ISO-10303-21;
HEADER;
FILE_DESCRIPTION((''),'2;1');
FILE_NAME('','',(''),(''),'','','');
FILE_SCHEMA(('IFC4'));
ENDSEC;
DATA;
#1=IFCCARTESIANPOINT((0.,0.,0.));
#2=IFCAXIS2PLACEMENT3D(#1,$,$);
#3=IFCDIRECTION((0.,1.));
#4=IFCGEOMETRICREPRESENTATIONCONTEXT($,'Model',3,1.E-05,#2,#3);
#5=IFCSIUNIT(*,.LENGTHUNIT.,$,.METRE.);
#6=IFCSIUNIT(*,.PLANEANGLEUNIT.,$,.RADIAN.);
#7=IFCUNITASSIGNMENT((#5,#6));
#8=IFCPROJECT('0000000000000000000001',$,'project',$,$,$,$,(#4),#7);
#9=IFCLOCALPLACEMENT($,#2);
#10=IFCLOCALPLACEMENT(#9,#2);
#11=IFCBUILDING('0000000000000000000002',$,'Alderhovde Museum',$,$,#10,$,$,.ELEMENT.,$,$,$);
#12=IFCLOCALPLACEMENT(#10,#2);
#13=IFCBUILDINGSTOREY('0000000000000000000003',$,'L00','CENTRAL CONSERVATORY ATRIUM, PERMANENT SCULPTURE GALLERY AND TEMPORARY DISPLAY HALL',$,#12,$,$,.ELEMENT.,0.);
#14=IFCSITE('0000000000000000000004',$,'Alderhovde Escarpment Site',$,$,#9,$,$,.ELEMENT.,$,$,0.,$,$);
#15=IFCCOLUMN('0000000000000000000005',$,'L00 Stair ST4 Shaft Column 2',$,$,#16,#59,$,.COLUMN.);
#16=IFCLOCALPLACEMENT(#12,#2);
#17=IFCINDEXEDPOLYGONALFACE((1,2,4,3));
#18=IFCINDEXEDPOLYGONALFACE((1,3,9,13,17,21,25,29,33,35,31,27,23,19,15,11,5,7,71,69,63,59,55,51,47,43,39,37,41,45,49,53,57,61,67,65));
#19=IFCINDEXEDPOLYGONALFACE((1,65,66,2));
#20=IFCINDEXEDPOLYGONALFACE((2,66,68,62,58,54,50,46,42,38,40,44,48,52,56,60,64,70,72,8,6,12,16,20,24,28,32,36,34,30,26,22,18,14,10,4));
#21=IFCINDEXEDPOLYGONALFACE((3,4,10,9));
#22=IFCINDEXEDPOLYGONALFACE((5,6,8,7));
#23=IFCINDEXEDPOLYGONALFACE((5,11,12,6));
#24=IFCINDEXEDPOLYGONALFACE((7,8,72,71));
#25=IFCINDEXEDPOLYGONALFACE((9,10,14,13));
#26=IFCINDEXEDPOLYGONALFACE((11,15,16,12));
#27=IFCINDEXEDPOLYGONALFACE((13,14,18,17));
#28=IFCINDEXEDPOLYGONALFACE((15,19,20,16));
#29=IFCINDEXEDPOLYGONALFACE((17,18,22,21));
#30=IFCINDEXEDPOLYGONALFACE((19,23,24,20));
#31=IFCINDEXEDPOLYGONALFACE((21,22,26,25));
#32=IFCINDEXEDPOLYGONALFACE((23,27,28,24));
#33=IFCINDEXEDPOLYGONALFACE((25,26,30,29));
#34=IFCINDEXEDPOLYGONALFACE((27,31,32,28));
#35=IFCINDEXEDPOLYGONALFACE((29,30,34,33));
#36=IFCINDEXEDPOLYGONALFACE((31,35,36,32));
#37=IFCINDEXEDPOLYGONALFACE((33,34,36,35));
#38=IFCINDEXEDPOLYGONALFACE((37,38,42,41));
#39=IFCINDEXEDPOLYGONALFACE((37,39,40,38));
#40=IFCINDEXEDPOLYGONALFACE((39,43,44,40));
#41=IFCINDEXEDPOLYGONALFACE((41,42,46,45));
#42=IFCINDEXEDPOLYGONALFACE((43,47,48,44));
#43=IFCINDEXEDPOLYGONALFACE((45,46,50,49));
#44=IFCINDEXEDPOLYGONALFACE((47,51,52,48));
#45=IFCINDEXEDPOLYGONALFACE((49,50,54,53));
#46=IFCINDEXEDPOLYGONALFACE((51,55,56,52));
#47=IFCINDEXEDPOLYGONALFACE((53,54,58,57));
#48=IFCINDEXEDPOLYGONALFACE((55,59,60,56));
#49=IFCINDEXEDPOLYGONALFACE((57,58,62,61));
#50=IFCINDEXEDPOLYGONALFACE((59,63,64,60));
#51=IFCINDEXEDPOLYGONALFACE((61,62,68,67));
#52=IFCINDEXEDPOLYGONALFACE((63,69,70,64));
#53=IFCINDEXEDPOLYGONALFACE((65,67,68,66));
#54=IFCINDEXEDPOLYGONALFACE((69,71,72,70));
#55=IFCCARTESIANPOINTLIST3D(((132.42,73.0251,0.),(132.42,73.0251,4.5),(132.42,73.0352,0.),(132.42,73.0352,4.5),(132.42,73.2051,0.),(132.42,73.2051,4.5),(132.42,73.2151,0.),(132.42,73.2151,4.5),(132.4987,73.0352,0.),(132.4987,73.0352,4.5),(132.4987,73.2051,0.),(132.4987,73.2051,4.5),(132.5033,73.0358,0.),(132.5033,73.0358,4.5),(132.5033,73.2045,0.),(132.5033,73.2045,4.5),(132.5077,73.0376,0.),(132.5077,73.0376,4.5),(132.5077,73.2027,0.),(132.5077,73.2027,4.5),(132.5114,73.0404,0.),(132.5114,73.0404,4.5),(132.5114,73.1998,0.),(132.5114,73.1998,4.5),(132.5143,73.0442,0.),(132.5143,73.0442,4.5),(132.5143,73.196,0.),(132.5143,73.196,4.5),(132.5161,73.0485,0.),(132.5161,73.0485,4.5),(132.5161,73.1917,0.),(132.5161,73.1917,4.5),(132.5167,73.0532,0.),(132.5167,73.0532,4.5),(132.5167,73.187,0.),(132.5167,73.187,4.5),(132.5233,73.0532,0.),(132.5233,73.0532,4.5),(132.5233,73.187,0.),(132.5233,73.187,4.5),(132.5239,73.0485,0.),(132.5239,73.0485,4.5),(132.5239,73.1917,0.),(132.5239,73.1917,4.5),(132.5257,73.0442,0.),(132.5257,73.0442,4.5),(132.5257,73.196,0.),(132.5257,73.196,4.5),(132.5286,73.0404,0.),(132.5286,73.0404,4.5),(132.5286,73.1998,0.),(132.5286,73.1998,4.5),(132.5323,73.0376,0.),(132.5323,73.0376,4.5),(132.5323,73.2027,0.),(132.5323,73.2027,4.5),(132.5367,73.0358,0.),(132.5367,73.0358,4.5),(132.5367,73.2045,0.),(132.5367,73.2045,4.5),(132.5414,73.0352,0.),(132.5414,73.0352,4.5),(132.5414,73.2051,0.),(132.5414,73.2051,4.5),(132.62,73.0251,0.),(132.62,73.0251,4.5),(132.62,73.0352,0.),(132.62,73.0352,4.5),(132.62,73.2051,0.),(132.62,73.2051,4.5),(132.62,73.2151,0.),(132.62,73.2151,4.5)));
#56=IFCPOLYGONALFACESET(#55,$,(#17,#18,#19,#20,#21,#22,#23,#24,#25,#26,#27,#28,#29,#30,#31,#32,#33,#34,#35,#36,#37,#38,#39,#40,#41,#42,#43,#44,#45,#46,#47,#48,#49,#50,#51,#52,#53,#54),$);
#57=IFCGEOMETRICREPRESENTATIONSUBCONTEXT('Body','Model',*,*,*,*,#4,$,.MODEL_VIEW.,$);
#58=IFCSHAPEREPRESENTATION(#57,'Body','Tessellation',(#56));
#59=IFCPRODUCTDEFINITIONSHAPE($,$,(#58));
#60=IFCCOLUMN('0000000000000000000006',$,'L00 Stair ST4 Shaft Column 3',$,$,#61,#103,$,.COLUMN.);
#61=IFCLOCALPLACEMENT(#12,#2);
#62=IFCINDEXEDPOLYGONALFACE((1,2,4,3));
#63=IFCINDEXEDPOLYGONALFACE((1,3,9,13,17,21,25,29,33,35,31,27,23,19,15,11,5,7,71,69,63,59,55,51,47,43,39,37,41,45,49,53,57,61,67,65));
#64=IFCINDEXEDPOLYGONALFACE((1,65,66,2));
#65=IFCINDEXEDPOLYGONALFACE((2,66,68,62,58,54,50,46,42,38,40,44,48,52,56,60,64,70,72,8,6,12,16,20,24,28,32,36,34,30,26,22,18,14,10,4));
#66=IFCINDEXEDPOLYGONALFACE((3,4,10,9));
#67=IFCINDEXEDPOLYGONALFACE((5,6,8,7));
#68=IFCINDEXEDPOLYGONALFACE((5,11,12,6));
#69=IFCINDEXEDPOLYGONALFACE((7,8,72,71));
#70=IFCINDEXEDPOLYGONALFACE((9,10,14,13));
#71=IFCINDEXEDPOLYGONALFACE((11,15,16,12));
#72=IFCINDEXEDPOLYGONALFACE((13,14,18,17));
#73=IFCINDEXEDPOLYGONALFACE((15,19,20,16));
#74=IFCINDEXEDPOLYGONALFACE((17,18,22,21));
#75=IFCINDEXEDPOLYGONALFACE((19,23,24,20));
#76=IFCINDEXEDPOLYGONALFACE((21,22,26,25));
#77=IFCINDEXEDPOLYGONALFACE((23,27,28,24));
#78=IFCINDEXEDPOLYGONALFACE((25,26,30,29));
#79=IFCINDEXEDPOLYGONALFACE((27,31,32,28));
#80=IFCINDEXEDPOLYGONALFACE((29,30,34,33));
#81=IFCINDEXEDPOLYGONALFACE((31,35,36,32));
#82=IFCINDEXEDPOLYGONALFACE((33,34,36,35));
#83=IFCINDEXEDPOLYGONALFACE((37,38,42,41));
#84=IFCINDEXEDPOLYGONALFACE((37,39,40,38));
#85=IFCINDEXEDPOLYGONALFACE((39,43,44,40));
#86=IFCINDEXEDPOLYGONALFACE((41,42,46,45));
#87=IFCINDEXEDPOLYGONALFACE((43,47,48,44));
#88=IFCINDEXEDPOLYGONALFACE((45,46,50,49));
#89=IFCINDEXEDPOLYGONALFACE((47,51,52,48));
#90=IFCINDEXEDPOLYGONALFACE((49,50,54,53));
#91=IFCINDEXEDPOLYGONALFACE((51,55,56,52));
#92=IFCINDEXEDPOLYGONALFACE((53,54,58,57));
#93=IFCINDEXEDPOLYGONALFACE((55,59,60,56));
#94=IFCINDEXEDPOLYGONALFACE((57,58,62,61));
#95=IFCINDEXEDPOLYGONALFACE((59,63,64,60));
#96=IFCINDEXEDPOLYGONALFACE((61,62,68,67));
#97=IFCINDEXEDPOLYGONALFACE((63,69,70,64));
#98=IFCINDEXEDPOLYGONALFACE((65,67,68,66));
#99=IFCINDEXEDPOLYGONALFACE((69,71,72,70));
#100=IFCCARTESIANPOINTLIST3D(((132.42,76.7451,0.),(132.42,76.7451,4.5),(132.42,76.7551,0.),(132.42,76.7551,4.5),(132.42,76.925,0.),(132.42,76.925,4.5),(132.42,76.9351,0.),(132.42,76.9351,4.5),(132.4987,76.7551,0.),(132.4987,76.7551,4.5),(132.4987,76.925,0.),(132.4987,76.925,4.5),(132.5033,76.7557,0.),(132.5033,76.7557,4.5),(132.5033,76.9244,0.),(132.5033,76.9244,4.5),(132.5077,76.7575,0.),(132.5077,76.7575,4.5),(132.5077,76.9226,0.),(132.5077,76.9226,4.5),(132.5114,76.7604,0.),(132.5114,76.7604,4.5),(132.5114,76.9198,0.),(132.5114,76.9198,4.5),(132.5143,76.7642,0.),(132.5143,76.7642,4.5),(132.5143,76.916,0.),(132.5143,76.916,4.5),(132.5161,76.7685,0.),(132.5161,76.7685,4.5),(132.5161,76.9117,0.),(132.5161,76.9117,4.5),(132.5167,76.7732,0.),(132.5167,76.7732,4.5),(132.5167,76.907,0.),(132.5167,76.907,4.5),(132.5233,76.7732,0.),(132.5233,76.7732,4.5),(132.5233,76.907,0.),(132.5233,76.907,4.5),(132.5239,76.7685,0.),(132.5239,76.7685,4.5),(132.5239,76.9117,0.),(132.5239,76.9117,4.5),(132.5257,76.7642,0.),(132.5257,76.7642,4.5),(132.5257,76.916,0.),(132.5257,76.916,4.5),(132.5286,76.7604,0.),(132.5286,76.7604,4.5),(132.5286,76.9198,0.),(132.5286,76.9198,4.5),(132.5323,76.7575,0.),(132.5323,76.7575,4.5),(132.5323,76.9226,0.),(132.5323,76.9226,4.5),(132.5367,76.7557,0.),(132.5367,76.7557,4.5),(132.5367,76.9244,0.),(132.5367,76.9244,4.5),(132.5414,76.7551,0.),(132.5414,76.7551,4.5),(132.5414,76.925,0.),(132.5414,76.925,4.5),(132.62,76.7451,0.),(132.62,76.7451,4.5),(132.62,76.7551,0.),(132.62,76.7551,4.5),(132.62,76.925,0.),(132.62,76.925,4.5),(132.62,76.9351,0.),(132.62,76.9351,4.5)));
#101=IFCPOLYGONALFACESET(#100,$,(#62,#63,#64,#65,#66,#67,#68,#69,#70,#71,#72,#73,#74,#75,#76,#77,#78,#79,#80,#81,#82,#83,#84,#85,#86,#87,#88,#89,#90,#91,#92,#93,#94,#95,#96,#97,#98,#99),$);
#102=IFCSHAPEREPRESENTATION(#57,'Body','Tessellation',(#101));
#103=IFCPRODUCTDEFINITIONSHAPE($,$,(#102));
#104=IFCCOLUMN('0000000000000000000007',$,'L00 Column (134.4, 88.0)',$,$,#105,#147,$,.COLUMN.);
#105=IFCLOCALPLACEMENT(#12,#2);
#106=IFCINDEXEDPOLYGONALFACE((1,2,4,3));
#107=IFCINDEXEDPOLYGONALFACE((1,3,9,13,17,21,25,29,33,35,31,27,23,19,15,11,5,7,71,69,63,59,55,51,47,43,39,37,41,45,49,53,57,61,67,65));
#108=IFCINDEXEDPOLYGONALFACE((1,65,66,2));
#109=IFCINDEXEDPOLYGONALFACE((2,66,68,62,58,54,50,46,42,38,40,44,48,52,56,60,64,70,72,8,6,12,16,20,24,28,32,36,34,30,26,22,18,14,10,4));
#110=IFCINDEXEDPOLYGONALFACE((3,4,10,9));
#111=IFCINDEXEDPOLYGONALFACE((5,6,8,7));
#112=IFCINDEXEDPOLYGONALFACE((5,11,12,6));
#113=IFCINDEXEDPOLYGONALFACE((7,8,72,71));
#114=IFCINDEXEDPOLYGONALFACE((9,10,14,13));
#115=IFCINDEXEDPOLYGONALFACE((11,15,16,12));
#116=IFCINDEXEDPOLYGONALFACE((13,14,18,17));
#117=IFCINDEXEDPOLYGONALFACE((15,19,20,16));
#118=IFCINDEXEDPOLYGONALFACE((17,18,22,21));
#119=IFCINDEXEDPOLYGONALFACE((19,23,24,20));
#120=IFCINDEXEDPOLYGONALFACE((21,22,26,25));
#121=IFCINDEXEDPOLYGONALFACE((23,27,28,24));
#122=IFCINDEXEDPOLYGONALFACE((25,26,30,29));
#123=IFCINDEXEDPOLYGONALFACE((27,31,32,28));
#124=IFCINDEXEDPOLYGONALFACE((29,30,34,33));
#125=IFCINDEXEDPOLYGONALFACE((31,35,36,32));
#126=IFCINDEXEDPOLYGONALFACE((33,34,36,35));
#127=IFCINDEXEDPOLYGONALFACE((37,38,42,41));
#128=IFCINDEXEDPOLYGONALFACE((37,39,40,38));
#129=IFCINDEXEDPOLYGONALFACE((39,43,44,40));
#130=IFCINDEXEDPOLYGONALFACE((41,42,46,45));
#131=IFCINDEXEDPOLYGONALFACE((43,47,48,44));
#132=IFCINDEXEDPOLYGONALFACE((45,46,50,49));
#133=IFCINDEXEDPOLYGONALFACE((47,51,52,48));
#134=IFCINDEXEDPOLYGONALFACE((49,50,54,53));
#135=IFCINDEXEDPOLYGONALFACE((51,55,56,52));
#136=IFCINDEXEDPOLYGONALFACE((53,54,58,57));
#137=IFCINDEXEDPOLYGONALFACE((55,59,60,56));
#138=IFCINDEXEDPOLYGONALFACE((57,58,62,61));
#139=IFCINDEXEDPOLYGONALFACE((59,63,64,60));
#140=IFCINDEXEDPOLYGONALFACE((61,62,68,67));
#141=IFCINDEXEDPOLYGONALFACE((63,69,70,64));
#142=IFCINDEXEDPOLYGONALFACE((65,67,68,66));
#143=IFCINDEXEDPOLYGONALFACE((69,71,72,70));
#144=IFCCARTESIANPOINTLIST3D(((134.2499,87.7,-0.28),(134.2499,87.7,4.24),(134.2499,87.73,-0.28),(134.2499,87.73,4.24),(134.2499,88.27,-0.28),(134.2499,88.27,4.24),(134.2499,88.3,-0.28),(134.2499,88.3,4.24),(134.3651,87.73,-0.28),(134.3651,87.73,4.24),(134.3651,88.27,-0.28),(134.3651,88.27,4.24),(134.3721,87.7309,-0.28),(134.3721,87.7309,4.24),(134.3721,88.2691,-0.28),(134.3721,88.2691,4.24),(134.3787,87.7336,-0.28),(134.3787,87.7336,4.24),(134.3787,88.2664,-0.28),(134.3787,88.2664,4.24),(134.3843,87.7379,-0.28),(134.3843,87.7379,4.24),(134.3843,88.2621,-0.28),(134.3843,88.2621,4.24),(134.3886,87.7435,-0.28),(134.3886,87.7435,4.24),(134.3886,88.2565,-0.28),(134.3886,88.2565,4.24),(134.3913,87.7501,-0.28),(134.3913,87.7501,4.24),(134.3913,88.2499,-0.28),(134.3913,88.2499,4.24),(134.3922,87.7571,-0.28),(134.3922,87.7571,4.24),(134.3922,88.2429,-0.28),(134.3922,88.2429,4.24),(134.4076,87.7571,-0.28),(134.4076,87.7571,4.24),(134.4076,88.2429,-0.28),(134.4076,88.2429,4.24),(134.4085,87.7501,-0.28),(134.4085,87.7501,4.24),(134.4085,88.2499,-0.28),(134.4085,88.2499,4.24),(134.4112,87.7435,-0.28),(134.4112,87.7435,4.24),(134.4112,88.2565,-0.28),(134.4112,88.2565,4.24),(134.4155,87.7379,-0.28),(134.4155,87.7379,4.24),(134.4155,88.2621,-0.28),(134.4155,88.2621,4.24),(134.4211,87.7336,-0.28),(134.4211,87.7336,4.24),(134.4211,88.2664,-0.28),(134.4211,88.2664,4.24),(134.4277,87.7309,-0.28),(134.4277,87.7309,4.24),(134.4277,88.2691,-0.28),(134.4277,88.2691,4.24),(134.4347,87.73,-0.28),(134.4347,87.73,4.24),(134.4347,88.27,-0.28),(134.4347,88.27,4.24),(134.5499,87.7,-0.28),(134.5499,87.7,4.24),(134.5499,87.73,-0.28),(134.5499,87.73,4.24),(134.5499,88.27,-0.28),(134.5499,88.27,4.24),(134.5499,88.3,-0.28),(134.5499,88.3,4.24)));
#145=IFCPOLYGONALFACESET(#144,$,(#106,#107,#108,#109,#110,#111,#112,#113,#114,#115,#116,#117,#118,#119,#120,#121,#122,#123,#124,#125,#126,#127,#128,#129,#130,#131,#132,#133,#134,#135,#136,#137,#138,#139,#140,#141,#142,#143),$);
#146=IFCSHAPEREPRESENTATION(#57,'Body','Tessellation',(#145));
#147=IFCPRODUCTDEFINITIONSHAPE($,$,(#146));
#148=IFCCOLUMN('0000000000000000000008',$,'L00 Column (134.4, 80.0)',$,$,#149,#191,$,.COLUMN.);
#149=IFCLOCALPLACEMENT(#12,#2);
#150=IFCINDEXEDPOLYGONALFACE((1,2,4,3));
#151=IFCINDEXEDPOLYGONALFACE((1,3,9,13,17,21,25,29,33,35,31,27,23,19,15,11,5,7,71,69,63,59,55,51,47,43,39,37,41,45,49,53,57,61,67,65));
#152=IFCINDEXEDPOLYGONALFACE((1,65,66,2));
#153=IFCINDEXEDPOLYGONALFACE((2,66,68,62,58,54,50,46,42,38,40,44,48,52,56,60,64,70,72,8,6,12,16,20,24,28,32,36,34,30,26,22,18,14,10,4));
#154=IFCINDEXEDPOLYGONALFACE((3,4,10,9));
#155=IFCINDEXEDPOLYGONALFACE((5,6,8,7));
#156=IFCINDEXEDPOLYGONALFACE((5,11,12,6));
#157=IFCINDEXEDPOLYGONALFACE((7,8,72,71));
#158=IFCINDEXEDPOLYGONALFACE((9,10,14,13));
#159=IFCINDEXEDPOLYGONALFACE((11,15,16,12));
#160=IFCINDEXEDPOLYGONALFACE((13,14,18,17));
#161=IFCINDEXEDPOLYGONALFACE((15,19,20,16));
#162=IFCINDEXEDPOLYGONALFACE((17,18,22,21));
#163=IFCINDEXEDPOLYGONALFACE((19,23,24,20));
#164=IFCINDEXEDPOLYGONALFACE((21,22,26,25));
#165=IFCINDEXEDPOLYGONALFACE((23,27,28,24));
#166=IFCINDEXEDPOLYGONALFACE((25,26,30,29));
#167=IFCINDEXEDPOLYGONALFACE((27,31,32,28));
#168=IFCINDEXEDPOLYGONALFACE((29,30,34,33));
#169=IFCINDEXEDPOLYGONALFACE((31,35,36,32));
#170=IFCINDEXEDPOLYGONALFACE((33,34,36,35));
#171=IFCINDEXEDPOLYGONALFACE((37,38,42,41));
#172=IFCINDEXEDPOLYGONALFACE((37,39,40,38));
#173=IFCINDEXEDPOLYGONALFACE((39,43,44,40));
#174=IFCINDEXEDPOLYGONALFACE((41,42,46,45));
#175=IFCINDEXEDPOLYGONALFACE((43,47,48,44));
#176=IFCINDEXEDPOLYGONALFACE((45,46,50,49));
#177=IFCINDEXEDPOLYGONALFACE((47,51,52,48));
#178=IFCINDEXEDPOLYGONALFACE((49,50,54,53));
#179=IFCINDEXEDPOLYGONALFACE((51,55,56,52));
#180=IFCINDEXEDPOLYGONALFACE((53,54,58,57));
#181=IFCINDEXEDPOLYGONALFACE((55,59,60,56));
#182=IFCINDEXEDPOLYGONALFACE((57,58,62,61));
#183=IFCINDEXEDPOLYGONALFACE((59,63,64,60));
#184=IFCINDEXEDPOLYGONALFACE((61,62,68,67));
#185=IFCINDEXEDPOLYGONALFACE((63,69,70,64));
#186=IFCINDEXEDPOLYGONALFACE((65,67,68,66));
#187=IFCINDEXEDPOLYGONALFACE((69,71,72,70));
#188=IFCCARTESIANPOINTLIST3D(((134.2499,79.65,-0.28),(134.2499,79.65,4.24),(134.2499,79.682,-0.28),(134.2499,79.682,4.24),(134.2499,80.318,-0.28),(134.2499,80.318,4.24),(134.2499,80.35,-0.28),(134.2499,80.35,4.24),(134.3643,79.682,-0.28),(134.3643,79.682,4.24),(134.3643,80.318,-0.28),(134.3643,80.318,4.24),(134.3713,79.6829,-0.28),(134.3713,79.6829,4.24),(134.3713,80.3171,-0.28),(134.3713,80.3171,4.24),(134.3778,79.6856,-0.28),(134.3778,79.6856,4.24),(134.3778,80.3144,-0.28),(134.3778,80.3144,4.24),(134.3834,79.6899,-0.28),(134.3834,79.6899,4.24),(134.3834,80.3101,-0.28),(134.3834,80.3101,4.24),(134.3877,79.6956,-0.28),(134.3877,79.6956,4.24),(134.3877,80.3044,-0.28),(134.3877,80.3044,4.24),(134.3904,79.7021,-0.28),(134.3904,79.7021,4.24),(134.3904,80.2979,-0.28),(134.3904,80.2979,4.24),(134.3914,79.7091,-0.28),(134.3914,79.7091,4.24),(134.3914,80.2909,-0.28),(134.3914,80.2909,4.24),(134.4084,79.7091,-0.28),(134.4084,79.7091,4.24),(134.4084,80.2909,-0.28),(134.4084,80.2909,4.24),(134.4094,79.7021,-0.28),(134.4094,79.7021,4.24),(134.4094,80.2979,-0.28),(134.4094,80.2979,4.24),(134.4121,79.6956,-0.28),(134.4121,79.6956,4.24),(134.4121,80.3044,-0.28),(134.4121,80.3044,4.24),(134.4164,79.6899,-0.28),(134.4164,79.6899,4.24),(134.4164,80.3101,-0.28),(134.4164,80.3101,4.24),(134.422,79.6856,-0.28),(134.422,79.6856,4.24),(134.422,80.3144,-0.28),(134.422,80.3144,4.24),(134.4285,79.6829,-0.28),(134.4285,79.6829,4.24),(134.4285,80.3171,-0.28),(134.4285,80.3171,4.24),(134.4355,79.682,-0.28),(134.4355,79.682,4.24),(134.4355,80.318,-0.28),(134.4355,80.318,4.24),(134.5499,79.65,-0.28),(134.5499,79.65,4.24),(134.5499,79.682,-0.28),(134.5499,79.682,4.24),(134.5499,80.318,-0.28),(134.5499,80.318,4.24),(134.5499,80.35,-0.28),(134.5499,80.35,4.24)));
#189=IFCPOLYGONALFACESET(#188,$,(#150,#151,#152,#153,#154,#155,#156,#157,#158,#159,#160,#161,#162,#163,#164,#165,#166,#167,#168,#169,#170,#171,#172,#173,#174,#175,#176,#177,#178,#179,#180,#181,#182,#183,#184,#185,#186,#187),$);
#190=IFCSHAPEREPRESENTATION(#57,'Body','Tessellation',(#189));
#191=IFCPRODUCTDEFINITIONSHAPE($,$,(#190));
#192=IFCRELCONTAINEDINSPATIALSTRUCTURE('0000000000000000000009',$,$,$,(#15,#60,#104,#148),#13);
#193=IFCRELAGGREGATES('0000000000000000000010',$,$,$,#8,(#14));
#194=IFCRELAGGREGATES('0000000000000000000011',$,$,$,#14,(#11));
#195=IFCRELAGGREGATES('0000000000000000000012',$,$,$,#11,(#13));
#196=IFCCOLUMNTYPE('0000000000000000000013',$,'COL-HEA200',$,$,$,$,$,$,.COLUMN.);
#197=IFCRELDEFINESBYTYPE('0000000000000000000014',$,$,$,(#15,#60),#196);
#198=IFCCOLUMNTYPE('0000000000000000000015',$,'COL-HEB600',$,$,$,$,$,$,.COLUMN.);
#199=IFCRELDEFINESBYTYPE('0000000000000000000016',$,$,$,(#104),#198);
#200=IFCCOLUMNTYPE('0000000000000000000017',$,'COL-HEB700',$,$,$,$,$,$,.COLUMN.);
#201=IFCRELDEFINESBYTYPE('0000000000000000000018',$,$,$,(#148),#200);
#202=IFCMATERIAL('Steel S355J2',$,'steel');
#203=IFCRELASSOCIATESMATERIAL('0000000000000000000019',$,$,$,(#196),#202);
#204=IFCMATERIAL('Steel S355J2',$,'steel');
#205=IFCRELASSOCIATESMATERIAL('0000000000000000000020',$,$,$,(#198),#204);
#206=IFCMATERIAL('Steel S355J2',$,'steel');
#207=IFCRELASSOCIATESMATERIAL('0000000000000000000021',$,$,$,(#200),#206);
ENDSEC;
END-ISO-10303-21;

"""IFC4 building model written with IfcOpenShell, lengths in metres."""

from ifc_helpers import new_model, si_unit, direction, frame, origin, origin_2d, place, context, subcontext, project, spatial, i_section, extrude, material, material_profile, profile_set, type_object, element, save


model = new_model("IFC4")

# Units and contexts
model_context = context("Model", 3, precision=1e-05, world=origin(), true_north=direction((0.0, 1.0)))
body_context = subcontext(model_context, "Body", "Model", "MODEL_VIEW")
ifc_project = project(units=[si_unit("LENGTHUNIT", "METRE"), si_unit("PLANEANGLEUNIT", "RADIAN")], contexts=[model_context])

# Site, building, storey
site_placement = place(None, origin())
site = spatial("IfcSite", under=ifc_project, at=site_placement, Name="Alderhovde Escarpment Site", CompositionType="ELEMENT", RefElevation=0.0)
building_placement = place(site_placement, origin())
building = spatial("IfcBuilding", under=site, at=building_placement, Name="Alderhovde Museum", CompositionType="ELEMENT")
storey_placement = place(building_placement, origin())
storey = spatial("IfcBuildingStorey", under=building, at=storey_placement, Name="L00", Description="CENTRAL CONSERVATORY ATRIUM, PERMANENT SCULPTURE GALLERY AND TEMPORARY DISPLAY HALL", CompositionType="ELEMENT", Elevation=0.0)

# Columns
ifc_material_1 = material(Name="Steel S355J2", Category="steel")
ifc_material_profile_1 = material_profile(ifc_material_1, i_section(OverallWidth=0.2, OverallDepth=0.1899, WebThickness=0.0066, FlangeThickness=0.01, FilletRadius=0.0181, at=origin_2d()), Name="HEA 200")
ifc_profile_set_1 = profile_set([ifc_material_profile_1], Name="Steel S355J2")
column_type_1 = type_object("IfcColumnType", Name="COL-HEA200", PredefinedType="COLUMN", material=ifc_profile_set_1)
for number, where, z_axis, x_axis, name in (
    (1, (132.52, 73.1201, 0.0), (0.0, 0.0, 1.0), (1.0, 0.0, 0.0), "L00 Stair ST4 Shaft Column 2"),
    (2, (132.52, 76.8401, 0.0), (0.0, 0.0, 1.0), (1.0, 0.0, 0.0), "L00 Stair ST4 Shaft Column 3"),
):
    element("IfcColumn", number, at=place(storey_placement, frame(where, z_axis=z_axis, x_axis=x_axis)), inside=storey, type_object=column_type_1, Name=name, PredefinedType="COLUMN", context=body_context, shape_type="SweptSolid", body=[
        extrude(i_section(OverallWidth=0.2, OverallDepth=0.1899, WebThickness=0.0066, FlangeThickness=0.01, FilletRadius=0.0181, at=origin_2d()), origin(), (0.0, 0.0, 1.0), 4.5),
    ])
ifc_material_2 = material(Name="Steel S355J2", Category="steel")
ifc_material_profile_2 = material_profile(ifc_material_2, i_section(OverallWidth=0.3, OverallDepth=0.6001, WebThickness=0.0154, FlangeThickness=0.03, FilletRadius=0.0271, at=origin_2d()), Name="HEB 600")
ifc_profile_set_2 = profile_set([ifc_material_profile_2], Name="Steel S355J2")
column_type_2 = type_object("IfcColumnType", Name="COL-HEB600", PredefinedType="COLUMN", material=ifc_profile_set_2)
column_1_placement = place(storey_placement, frame((134.3999, 88.0, -0.28), z_axis=(0.0, 0.0, 1.0), x_axis=(1.0, 0.0, 0.0)))
element("IfcColumn", 3, at=column_1_placement, inside=storey, type_object=column_type_2, Name="L00 Column (134.4, 88.0)", PredefinedType="COLUMN", context=body_context, shape_type="SweptSolid", body=[
    extrude(i_section(OverallWidth=0.3, OverallDepth=0.6001, WebThickness=0.0154, FlangeThickness=0.03, FilletRadius=0.0271, at=origin_2d()), origin(), (0.0, 0.0, 1.0), 4.52),
])
ifc_material_3 = material(Name="Steel S355J2", Category="steel")
ifc_material_profile_3 = material_profile(ifc_material_3, i_section(OverallWidth=0.3, OverallDepth=0.7, WebThickness=0.0171, FlangeThickness=0.032, FilletRadius=0.0271, at=origin_2d()), Name="HEB 700")
ifc_profile_set_3 = profile_set([ifc_material_profile_3], Name="Steel S355J2")
column_type_3 = type_object("IfcColumnType", Name="COL-HEB700", PredefinedType="COLUMN", material=ifc_profile_set_3)
column_2_placement = place(storey_placement, frame((134.3999, 80.0, -0.28), z_axis=(0.0, 0.0, 1.0), x_axis=(1.0, 0.0, 0.0)))
element("IfcColumn", 4, at=column_2_placement, inside=storey, type_object=column_type_3, Name="L00 Column (134.4, 80.0)", PredefinedType="COLUMN", context=body_context, shape_type="SweptSolid", body=[
    extrude(i_section(OverallWidth=0.3, OverallDepth=0.7, WebThickness=0.0171, FlangeThickness=0.032, FilletRadius=0.0271, at=origin_2d()), origin(), (0.0, 0.0, 1.0), 4.52),
])

save(model, "model.ifc")
